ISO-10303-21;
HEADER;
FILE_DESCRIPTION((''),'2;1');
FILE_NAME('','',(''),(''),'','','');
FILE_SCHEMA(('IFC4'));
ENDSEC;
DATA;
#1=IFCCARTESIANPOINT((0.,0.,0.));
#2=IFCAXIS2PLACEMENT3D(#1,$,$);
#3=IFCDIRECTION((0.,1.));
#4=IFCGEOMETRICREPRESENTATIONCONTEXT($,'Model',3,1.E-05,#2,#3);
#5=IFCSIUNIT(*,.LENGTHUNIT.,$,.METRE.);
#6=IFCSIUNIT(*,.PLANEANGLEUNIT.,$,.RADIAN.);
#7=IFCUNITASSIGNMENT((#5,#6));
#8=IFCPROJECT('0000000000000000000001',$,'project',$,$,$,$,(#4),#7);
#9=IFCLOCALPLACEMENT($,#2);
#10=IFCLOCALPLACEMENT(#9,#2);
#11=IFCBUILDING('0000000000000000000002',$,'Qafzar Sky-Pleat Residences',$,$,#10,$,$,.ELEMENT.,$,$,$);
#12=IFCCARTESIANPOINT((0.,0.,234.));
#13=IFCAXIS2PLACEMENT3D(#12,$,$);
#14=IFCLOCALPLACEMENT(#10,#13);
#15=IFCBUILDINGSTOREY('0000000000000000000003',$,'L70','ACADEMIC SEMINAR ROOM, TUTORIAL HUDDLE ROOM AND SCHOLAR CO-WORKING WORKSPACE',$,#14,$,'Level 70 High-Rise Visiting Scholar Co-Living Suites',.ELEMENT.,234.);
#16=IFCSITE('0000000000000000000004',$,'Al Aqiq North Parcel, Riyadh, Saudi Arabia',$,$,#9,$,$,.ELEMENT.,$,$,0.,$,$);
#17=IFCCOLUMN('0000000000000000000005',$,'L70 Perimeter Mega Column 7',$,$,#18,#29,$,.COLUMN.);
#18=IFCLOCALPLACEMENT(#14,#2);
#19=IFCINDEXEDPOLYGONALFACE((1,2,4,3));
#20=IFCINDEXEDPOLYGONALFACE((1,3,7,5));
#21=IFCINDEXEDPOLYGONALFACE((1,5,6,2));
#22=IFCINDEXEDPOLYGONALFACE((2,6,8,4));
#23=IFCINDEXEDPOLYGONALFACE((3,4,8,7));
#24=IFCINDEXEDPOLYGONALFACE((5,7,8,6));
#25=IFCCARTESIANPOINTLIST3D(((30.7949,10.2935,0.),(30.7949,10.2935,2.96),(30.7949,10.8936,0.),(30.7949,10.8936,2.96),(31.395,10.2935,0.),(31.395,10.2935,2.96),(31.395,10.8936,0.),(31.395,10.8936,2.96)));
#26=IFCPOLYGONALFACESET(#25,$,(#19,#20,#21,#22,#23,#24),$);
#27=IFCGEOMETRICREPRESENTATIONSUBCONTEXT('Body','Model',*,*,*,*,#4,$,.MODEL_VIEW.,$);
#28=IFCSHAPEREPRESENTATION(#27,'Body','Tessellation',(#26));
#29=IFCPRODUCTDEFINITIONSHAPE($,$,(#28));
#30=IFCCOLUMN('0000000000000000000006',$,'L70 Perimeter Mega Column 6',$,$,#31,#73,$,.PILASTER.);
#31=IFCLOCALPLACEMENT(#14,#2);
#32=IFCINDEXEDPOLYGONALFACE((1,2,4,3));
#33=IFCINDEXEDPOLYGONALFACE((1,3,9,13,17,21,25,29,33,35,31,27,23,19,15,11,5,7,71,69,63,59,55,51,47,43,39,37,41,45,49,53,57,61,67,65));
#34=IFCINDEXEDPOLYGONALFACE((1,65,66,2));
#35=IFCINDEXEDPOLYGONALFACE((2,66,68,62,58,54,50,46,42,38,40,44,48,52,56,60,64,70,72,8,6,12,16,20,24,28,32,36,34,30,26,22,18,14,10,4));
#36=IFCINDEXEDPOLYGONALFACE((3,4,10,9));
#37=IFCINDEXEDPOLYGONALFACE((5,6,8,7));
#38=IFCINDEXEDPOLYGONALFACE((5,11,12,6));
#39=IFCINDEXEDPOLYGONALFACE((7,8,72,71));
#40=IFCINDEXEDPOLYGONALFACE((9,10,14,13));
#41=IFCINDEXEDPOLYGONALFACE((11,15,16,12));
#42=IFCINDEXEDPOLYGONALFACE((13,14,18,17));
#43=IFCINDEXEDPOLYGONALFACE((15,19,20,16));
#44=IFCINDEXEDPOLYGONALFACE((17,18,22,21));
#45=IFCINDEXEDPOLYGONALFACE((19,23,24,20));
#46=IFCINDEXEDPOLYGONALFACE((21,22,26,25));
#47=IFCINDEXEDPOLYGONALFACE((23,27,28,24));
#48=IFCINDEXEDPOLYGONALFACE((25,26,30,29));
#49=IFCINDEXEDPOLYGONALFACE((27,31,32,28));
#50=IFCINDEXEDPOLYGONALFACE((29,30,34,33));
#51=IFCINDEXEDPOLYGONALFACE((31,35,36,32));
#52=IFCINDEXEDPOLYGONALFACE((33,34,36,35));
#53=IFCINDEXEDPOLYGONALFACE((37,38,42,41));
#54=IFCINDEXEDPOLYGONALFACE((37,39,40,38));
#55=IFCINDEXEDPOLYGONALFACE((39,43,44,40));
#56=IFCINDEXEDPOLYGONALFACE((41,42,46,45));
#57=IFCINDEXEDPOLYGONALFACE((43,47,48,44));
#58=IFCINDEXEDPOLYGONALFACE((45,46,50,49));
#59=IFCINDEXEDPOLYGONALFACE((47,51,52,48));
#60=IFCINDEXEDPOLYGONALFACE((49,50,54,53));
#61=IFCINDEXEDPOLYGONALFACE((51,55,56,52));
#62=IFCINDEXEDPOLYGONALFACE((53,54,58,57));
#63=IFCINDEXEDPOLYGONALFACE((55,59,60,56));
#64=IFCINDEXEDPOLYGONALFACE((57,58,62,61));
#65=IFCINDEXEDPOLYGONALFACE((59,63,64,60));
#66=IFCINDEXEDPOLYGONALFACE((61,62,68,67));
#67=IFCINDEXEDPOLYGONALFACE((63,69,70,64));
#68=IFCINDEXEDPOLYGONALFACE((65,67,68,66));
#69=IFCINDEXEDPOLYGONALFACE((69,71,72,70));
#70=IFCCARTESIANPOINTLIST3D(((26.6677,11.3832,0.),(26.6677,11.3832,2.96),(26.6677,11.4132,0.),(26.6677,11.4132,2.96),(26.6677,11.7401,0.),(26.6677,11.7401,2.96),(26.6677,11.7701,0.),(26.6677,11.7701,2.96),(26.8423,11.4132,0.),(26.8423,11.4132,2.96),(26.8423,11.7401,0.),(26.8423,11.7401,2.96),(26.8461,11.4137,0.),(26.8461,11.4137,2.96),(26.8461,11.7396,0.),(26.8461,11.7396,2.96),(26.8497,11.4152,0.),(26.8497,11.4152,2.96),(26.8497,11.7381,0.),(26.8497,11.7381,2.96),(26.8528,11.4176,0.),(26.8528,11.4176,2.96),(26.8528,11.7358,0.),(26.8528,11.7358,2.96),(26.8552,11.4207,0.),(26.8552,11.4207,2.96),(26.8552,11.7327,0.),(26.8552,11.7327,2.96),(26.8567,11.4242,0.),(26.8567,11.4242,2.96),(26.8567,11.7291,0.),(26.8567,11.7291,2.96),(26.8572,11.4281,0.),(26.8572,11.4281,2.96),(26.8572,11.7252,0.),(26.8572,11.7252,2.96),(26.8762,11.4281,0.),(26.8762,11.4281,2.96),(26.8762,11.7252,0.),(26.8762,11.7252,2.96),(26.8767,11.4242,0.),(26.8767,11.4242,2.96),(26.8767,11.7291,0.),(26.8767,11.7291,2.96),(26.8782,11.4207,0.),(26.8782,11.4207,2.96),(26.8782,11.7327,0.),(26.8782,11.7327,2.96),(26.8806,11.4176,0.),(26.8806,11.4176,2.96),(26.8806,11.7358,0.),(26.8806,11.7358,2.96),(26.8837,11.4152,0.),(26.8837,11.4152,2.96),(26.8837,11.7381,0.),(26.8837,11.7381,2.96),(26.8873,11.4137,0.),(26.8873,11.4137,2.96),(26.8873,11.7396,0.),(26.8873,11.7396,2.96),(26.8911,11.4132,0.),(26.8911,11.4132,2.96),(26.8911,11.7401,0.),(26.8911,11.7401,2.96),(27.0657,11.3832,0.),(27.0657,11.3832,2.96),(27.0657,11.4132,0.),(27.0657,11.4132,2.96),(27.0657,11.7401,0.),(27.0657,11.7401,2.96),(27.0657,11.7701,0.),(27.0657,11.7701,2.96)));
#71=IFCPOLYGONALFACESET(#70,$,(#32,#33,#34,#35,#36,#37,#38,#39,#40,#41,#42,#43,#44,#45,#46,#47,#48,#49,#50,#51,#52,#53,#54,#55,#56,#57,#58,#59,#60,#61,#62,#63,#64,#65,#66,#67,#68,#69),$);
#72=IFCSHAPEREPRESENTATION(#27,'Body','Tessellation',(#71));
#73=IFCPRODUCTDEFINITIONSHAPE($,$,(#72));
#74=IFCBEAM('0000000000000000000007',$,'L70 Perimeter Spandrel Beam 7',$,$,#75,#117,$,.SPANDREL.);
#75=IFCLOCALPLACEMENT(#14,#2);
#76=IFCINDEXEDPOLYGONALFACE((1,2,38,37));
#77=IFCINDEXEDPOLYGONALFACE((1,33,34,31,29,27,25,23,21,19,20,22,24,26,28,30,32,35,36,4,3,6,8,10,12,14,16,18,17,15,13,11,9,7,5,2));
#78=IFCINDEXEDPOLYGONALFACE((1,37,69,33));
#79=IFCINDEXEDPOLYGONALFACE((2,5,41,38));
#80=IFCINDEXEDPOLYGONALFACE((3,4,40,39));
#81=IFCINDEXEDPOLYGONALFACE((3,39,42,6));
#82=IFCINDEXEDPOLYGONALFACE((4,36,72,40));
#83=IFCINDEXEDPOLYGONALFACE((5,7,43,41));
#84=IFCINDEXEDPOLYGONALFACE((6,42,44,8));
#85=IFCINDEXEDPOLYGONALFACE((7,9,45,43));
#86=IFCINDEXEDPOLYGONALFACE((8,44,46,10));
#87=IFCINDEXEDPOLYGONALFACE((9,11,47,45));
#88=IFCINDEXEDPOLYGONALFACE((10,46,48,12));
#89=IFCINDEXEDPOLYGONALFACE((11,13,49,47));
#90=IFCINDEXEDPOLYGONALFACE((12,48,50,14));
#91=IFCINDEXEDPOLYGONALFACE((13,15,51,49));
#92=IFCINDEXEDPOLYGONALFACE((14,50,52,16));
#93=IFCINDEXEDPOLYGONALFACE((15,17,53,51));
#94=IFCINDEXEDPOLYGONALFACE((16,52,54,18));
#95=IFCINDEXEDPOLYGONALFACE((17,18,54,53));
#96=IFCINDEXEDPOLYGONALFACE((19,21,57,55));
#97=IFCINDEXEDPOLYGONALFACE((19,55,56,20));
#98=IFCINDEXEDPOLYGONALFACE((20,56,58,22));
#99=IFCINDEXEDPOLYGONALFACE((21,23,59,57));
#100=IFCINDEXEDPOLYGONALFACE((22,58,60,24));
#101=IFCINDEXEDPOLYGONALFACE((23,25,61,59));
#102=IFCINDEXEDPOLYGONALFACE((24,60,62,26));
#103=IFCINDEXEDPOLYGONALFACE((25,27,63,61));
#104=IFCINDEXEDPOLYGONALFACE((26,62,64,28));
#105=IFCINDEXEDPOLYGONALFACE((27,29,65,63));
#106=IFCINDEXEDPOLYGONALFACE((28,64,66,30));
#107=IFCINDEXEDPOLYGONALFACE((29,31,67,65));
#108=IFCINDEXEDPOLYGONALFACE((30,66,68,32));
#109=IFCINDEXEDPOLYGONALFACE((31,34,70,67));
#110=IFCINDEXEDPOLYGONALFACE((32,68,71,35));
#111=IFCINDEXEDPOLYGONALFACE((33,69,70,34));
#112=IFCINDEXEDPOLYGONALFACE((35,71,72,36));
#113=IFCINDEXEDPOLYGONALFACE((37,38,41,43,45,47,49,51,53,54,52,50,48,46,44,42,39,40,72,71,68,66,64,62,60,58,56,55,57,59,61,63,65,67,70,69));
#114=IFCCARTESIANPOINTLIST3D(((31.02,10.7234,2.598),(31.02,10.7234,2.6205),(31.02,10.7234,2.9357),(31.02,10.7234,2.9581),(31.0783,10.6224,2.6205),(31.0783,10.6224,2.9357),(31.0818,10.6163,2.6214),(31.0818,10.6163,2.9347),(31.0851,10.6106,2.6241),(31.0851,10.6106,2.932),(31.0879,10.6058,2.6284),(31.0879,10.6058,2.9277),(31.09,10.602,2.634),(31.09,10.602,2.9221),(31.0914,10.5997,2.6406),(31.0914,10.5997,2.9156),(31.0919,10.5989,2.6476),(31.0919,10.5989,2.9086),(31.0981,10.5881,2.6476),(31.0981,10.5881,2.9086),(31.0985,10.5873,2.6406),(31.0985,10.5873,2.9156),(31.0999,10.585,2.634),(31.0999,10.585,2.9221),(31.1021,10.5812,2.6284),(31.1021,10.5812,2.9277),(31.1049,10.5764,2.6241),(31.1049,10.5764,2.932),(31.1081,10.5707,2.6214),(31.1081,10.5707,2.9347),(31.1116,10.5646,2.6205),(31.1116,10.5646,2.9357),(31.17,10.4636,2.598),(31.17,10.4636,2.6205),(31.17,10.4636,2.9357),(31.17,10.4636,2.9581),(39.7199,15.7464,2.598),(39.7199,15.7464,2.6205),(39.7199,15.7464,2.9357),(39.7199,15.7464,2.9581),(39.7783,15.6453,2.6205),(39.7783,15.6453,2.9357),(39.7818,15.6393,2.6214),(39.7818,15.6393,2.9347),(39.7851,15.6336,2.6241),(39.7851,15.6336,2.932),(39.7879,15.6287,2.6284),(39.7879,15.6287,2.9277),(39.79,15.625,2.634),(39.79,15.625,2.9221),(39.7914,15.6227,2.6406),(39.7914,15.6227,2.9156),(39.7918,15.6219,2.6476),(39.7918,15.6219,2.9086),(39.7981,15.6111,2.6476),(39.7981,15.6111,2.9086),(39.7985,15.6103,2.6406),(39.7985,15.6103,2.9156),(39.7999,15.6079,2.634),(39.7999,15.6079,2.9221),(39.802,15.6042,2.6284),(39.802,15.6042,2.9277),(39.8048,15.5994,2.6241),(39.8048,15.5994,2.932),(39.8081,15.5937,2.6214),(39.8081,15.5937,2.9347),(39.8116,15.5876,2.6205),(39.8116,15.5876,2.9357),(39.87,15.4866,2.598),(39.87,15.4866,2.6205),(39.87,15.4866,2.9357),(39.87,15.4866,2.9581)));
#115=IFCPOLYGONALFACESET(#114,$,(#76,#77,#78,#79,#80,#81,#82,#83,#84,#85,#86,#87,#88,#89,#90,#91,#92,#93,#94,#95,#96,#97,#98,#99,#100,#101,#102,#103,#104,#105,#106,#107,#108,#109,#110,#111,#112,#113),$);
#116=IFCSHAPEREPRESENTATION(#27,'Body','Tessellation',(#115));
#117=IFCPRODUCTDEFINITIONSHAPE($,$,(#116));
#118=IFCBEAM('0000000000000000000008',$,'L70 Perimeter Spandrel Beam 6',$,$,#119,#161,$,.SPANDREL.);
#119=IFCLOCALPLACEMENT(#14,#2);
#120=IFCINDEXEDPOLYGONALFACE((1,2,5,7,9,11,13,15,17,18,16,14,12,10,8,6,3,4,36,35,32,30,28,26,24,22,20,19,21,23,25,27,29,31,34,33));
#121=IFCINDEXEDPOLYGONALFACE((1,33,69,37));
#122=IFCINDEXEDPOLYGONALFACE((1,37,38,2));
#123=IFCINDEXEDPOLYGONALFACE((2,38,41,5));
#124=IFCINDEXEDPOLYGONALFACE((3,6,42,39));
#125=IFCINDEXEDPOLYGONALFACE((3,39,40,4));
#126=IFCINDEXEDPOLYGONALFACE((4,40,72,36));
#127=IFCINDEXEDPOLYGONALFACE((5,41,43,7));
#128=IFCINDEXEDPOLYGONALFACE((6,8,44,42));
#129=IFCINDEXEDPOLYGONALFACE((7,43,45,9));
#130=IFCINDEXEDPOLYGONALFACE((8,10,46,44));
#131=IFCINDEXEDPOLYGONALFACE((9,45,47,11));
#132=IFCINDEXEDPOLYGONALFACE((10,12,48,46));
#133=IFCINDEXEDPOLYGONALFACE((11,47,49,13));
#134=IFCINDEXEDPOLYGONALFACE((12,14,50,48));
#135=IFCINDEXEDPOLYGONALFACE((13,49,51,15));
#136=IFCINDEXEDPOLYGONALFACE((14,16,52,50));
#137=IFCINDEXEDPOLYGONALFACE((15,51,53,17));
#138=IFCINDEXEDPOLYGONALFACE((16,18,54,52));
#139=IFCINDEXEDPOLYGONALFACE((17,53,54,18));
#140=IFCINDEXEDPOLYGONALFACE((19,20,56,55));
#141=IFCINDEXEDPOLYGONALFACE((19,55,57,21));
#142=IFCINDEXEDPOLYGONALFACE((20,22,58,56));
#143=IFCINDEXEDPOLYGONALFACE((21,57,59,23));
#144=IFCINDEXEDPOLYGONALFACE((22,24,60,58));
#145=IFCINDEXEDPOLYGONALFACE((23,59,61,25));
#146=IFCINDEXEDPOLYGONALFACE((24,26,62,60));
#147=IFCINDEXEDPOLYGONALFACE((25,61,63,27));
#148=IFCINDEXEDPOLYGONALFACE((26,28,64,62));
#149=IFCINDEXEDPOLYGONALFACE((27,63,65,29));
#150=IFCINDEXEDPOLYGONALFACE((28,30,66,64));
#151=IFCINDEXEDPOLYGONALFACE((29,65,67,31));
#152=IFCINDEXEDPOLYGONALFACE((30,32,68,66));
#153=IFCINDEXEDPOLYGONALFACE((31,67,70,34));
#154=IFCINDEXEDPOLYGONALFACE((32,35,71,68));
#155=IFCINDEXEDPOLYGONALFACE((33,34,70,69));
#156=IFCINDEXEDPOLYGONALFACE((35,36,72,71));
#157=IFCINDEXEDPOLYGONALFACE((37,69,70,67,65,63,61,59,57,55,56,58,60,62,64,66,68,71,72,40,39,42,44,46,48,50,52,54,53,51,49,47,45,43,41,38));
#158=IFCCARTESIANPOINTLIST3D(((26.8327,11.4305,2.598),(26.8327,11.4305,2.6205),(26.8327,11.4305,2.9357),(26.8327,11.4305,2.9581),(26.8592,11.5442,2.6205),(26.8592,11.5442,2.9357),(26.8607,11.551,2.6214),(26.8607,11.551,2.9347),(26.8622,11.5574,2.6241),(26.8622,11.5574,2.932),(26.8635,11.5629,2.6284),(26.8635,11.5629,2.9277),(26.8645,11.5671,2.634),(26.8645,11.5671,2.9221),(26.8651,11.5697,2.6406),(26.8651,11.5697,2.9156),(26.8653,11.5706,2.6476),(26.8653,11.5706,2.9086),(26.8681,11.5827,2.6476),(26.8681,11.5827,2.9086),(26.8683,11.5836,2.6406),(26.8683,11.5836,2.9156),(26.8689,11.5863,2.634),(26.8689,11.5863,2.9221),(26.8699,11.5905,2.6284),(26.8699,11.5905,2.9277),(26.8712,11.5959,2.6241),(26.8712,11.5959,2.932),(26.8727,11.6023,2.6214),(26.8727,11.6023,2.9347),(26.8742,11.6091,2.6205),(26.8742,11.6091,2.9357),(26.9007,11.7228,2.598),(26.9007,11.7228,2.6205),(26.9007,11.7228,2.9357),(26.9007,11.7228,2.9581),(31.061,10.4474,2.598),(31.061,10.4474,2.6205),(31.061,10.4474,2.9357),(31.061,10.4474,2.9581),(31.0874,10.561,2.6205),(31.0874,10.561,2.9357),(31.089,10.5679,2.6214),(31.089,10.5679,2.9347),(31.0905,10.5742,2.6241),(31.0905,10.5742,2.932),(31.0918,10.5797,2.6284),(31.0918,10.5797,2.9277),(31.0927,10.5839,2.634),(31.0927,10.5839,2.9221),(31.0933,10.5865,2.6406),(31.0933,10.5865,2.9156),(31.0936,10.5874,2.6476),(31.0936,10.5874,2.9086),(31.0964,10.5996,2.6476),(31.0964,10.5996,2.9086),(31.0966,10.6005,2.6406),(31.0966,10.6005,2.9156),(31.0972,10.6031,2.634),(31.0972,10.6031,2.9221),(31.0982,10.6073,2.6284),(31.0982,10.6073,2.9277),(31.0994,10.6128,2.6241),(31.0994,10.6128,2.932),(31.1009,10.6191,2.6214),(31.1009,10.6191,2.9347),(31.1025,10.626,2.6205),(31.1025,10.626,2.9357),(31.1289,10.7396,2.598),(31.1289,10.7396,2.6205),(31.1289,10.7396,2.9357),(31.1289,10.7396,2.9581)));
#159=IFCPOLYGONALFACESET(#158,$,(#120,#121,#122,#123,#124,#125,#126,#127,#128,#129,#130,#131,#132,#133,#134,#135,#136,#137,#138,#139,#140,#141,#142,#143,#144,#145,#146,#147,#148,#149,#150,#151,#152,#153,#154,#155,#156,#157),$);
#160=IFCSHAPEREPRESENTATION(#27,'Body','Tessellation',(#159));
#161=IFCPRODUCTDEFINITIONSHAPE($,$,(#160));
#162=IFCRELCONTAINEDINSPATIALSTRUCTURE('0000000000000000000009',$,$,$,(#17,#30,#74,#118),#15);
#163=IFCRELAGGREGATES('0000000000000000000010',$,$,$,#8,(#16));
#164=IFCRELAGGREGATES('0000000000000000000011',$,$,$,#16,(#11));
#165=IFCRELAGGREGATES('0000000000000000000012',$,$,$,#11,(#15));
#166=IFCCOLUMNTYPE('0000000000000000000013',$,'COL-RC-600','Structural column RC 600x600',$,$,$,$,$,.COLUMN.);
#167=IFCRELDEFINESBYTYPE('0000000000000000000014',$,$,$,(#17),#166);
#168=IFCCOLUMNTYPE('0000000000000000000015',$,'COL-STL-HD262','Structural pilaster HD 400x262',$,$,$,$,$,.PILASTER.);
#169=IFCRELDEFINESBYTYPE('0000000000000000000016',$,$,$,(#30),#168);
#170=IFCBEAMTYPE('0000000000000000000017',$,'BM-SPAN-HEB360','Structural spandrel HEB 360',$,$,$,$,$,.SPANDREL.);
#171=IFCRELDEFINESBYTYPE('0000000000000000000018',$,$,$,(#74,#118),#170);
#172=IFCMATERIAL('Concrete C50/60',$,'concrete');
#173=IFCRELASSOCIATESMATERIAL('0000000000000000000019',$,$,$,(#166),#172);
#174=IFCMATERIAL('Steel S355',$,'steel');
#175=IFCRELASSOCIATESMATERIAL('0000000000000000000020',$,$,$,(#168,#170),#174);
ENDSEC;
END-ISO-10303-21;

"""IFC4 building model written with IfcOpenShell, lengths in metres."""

from ifc_helpers import new_model, si_unit, direction, frame, origin, origin_2d, place, context, subcontext, project, spatial, rectangle, i_section, extrude, source, transform, mapped, material, material_profile, profile_set, type_object, element, save


model = new_model("IFC4")

# Units and contexts
model_context = context("Model", 3, precision=1e-05, world=origin(), true_north=direction((0.0, 1.0)))
body_context = subcontext(model_context, "Body", "Model", "MODEL_VIEW")
ifc_project = project(units=[si_unit("LENGTHUNIT", "METRE"), si_unit("PLANEANGLEUNIT", "RADIAN")], contexts=[model_context])

# Site, building, storey
site_placement = place(None, origin())
site = spatial("IfcSite", under=ifc_project, at=site_placement, Name="Al Aqiq North Parcel, Riyadh, Saudi Arabia", CompositionType="ELEMENT", RefElevation=0.0)
building_placement = place(site_placement, origin())
building = spatial("IfcBuilding", under=site, at=building_placement, Name="Qafzar Sky-Pleat Residences", CompositionType="ELEMENT")
storey_placement = place(building_placement, frame((0.0, 0.0, 234.0)))
storey = spatial("IfcBuildingStorey", under=building, at=storey_placement, Name="L70", Description="ACADEMIC SEMINAR ROOM, TUTORIAL HUDDLE ROOM AND SCHOLAR CO-WORKING WORKSPACE", LongName="Level 70 High-Rise Visiting Scholar Co-Living Suites", CompositionType="ELEMENT", Elevation=234.0)

# Columns
ifc_material_1 = material(Name="Concrete C50/60", Category="concrete")
ifc_material_profile_1 = material_profile(ifc_material_1, rectangle(XDim=0.6001, YDim=0.6001, at=origin_2d()), Name="RC 600x600")
ifc_profile_set_1 = profile_set([ifc_material_profile_1], Name="Concrete C50/60")
column_type_1 = type_object("IfcColumnType", Name="COL-RC-600", Description="Structural column RC 600x600", PredefinedType="COLUMN", material=ifc_profile_set_1)
shared_shape_1 = source(origin(), body_context, "Body", "SweptSolid", [
    extrude(rectangle(XDim=0.6001, YDim=0.6001, at=origin_2d()), origin(), (0.0, 0.0, 1.0), 2.96),
])
column_1_placement = place(storey_placement, frame((31.095, 10.5935, 0.0), z_axis=(0.0, 0.0, 1.0), x_axis=(1.0, 0.0, 0.0)))
element("IfcColumn", 1, at=column_1_placement, inside=storey, type_object=column_type_1, Name="L70 Perimeter Mega Column 7", PredefinedType="COLUMN", context=body_context, shape_type="MappedRepresentation", body=[
    mapped(shared_shape_1, transform((0.0, 0.0, 0.0), x_axis=(1.0, 0.0, 0.0), y_axis=(0.0, 1.0, 0.0), z_axis=(0.0, 0.0, 1.0), scale=1.0)),
])
ifc_material_2 = material(Name="Steel S355", Category="steel")
ifc_material_profile_2 = material_profile(ifc_material_2, i_section(OverallWidth=0.3979, OverallDepth=0.387, WebThickness=0.019, FlangeThickness=0.03, FilletRadius=0.0149, at=origin_2d()), Name="HD 400x262")
ifc_profile_set_2 = profile_set([ifc_material_profile_2], Name="Steel S355")
column_type_2 = type_object("IfcColumnType", Name="COL-STL-HD262", Description="Structural pilaster HD 400x262", PredefinedType="PILASTER", material=ifc_profile_set_2)
shared_shape_2 = source(origin(), body_context, "Body", "SweptSolid", [
    extrude(i_section(OverallWidth=0.3979, OverallDepth=0.387, WebThickness=0.019, FlangeThickness=0.03, FilletRadius=0.0149, at=origin_2d()), origin(), (0.0, 0.0, 1.0), 2.96),
])
column_2_placement = place(storey_placement, frame((26.8667, 11.5767, 0.0), z_axis=(0.0, 0.0, 1.0), x_axis=(1.0, 0.0, 0.0)))
element("IfcColumn", 2, at=column_2_placement, inside=storey, type_object=column_type_2, Name="L70 Perimeter Mega Column 6", PredefinedType="PILASTER", context=body_context, shape_type="MappedRepresentation", body=[
    mapped(shared_shape_2, transform((0.0, 0.0, 0.0), x_axis=(1.0, 0.0, 0.0), y_axis=(0.0, 1.0, 0.0), z_axis=(0.0, 0.0, 1.0), scale=1.0)),
])

# Beams
ifc_material_profile_3 = material_profile(ifc_material_2, i_section(OverallWidth=0.3, OverallDepth=0.3601, WebThickness=0.0125, FlangeThickness=0.0225, FilletRadius=0.0271, at=origin_2d()), Name="HEB 360")
ifc_profile_set_3 = profile_set([ifc_material_profile_3], Name="Steel S355")
beam_type_1 = type_object("IfcBeamType", Name="BM-SPAN-HEB360", Description="Structural spandrel HEB 360", PredefinedType="SPANDREL", material=ifc_profile_set_3)
shared_shape_3 = source(origin(), body_context, "Body", "SweptSolid", [
    extrude(i_section(OverallWidth=0.3, OverallDepth=0.3601, WebThickness=0.0125, FlangeThickness=0.0225, FilletRadius=0.0271, at=origin_2d()), origin(), (0.0, 0.0, 1.0), 10.0459),
])
beam_1_placement = place(storey_placement, frame((31.095, 10.5935, 2.7781), z_axis=(0.866024, 0.500002, 0.0), x_axis=(-0.500002, 0.866024, 0.0)))
element("IfcBeam", 3, at=beam_1_placement, inside=storey, type_object=beam_type_1, Name="L70 Perimeter Spandrel Beam 7", PredefinedType="SPANDREL", context=body_context, shape_type="MappedRepresentation", body=[
    mapped(shared_shape_3, transform((0.0, 0.0, 0.0), x_axis=(1.0, 0.0, 0.0), y_axis=(0.0, 1.0, 0.0), z_axis=(0.0, 0.0, 1.0), scale=1.0)),
])
shared_shape_4 = source(origin(), body_context, "Body", "SweptSolid", [
    extrude(i_section(OverallWidth=0.3, OverallDepth=0.3601, WebThickness=0.0125, FlangeThickness=0.0225, FilletRadius=0.0271, at=origin_2d()), origin(), (0.0, 0.0, 1.0), 4.3411),
])
beam_2_placement = place(storey_placement, frame((26.8667, 11.5767, 2.7781), z_axis=(0.974016, -0.226478, 0.0), x_axis=(0.226478, 0.974016, 0.0)))
element("IfcBeam", 4, at=beam_2_placement, inside=storey, type_object=beam_type_1, Name="L70 Perimeter Spandrel Beam 6", PredefinedType="SPANDREL", context=body_context, shape_type="MappedRepresentation", body=[
    mapped(shared_shape_4, transform((0.0, 0.0, 0.0), x_axis=(1.0, 0.0, 0.0), y_axis=(0.0, 1.0, 0.0), z_axis=(0.0, 0.0, 1.0), scale=1.0)),
])

save(model, "model.ifc")
